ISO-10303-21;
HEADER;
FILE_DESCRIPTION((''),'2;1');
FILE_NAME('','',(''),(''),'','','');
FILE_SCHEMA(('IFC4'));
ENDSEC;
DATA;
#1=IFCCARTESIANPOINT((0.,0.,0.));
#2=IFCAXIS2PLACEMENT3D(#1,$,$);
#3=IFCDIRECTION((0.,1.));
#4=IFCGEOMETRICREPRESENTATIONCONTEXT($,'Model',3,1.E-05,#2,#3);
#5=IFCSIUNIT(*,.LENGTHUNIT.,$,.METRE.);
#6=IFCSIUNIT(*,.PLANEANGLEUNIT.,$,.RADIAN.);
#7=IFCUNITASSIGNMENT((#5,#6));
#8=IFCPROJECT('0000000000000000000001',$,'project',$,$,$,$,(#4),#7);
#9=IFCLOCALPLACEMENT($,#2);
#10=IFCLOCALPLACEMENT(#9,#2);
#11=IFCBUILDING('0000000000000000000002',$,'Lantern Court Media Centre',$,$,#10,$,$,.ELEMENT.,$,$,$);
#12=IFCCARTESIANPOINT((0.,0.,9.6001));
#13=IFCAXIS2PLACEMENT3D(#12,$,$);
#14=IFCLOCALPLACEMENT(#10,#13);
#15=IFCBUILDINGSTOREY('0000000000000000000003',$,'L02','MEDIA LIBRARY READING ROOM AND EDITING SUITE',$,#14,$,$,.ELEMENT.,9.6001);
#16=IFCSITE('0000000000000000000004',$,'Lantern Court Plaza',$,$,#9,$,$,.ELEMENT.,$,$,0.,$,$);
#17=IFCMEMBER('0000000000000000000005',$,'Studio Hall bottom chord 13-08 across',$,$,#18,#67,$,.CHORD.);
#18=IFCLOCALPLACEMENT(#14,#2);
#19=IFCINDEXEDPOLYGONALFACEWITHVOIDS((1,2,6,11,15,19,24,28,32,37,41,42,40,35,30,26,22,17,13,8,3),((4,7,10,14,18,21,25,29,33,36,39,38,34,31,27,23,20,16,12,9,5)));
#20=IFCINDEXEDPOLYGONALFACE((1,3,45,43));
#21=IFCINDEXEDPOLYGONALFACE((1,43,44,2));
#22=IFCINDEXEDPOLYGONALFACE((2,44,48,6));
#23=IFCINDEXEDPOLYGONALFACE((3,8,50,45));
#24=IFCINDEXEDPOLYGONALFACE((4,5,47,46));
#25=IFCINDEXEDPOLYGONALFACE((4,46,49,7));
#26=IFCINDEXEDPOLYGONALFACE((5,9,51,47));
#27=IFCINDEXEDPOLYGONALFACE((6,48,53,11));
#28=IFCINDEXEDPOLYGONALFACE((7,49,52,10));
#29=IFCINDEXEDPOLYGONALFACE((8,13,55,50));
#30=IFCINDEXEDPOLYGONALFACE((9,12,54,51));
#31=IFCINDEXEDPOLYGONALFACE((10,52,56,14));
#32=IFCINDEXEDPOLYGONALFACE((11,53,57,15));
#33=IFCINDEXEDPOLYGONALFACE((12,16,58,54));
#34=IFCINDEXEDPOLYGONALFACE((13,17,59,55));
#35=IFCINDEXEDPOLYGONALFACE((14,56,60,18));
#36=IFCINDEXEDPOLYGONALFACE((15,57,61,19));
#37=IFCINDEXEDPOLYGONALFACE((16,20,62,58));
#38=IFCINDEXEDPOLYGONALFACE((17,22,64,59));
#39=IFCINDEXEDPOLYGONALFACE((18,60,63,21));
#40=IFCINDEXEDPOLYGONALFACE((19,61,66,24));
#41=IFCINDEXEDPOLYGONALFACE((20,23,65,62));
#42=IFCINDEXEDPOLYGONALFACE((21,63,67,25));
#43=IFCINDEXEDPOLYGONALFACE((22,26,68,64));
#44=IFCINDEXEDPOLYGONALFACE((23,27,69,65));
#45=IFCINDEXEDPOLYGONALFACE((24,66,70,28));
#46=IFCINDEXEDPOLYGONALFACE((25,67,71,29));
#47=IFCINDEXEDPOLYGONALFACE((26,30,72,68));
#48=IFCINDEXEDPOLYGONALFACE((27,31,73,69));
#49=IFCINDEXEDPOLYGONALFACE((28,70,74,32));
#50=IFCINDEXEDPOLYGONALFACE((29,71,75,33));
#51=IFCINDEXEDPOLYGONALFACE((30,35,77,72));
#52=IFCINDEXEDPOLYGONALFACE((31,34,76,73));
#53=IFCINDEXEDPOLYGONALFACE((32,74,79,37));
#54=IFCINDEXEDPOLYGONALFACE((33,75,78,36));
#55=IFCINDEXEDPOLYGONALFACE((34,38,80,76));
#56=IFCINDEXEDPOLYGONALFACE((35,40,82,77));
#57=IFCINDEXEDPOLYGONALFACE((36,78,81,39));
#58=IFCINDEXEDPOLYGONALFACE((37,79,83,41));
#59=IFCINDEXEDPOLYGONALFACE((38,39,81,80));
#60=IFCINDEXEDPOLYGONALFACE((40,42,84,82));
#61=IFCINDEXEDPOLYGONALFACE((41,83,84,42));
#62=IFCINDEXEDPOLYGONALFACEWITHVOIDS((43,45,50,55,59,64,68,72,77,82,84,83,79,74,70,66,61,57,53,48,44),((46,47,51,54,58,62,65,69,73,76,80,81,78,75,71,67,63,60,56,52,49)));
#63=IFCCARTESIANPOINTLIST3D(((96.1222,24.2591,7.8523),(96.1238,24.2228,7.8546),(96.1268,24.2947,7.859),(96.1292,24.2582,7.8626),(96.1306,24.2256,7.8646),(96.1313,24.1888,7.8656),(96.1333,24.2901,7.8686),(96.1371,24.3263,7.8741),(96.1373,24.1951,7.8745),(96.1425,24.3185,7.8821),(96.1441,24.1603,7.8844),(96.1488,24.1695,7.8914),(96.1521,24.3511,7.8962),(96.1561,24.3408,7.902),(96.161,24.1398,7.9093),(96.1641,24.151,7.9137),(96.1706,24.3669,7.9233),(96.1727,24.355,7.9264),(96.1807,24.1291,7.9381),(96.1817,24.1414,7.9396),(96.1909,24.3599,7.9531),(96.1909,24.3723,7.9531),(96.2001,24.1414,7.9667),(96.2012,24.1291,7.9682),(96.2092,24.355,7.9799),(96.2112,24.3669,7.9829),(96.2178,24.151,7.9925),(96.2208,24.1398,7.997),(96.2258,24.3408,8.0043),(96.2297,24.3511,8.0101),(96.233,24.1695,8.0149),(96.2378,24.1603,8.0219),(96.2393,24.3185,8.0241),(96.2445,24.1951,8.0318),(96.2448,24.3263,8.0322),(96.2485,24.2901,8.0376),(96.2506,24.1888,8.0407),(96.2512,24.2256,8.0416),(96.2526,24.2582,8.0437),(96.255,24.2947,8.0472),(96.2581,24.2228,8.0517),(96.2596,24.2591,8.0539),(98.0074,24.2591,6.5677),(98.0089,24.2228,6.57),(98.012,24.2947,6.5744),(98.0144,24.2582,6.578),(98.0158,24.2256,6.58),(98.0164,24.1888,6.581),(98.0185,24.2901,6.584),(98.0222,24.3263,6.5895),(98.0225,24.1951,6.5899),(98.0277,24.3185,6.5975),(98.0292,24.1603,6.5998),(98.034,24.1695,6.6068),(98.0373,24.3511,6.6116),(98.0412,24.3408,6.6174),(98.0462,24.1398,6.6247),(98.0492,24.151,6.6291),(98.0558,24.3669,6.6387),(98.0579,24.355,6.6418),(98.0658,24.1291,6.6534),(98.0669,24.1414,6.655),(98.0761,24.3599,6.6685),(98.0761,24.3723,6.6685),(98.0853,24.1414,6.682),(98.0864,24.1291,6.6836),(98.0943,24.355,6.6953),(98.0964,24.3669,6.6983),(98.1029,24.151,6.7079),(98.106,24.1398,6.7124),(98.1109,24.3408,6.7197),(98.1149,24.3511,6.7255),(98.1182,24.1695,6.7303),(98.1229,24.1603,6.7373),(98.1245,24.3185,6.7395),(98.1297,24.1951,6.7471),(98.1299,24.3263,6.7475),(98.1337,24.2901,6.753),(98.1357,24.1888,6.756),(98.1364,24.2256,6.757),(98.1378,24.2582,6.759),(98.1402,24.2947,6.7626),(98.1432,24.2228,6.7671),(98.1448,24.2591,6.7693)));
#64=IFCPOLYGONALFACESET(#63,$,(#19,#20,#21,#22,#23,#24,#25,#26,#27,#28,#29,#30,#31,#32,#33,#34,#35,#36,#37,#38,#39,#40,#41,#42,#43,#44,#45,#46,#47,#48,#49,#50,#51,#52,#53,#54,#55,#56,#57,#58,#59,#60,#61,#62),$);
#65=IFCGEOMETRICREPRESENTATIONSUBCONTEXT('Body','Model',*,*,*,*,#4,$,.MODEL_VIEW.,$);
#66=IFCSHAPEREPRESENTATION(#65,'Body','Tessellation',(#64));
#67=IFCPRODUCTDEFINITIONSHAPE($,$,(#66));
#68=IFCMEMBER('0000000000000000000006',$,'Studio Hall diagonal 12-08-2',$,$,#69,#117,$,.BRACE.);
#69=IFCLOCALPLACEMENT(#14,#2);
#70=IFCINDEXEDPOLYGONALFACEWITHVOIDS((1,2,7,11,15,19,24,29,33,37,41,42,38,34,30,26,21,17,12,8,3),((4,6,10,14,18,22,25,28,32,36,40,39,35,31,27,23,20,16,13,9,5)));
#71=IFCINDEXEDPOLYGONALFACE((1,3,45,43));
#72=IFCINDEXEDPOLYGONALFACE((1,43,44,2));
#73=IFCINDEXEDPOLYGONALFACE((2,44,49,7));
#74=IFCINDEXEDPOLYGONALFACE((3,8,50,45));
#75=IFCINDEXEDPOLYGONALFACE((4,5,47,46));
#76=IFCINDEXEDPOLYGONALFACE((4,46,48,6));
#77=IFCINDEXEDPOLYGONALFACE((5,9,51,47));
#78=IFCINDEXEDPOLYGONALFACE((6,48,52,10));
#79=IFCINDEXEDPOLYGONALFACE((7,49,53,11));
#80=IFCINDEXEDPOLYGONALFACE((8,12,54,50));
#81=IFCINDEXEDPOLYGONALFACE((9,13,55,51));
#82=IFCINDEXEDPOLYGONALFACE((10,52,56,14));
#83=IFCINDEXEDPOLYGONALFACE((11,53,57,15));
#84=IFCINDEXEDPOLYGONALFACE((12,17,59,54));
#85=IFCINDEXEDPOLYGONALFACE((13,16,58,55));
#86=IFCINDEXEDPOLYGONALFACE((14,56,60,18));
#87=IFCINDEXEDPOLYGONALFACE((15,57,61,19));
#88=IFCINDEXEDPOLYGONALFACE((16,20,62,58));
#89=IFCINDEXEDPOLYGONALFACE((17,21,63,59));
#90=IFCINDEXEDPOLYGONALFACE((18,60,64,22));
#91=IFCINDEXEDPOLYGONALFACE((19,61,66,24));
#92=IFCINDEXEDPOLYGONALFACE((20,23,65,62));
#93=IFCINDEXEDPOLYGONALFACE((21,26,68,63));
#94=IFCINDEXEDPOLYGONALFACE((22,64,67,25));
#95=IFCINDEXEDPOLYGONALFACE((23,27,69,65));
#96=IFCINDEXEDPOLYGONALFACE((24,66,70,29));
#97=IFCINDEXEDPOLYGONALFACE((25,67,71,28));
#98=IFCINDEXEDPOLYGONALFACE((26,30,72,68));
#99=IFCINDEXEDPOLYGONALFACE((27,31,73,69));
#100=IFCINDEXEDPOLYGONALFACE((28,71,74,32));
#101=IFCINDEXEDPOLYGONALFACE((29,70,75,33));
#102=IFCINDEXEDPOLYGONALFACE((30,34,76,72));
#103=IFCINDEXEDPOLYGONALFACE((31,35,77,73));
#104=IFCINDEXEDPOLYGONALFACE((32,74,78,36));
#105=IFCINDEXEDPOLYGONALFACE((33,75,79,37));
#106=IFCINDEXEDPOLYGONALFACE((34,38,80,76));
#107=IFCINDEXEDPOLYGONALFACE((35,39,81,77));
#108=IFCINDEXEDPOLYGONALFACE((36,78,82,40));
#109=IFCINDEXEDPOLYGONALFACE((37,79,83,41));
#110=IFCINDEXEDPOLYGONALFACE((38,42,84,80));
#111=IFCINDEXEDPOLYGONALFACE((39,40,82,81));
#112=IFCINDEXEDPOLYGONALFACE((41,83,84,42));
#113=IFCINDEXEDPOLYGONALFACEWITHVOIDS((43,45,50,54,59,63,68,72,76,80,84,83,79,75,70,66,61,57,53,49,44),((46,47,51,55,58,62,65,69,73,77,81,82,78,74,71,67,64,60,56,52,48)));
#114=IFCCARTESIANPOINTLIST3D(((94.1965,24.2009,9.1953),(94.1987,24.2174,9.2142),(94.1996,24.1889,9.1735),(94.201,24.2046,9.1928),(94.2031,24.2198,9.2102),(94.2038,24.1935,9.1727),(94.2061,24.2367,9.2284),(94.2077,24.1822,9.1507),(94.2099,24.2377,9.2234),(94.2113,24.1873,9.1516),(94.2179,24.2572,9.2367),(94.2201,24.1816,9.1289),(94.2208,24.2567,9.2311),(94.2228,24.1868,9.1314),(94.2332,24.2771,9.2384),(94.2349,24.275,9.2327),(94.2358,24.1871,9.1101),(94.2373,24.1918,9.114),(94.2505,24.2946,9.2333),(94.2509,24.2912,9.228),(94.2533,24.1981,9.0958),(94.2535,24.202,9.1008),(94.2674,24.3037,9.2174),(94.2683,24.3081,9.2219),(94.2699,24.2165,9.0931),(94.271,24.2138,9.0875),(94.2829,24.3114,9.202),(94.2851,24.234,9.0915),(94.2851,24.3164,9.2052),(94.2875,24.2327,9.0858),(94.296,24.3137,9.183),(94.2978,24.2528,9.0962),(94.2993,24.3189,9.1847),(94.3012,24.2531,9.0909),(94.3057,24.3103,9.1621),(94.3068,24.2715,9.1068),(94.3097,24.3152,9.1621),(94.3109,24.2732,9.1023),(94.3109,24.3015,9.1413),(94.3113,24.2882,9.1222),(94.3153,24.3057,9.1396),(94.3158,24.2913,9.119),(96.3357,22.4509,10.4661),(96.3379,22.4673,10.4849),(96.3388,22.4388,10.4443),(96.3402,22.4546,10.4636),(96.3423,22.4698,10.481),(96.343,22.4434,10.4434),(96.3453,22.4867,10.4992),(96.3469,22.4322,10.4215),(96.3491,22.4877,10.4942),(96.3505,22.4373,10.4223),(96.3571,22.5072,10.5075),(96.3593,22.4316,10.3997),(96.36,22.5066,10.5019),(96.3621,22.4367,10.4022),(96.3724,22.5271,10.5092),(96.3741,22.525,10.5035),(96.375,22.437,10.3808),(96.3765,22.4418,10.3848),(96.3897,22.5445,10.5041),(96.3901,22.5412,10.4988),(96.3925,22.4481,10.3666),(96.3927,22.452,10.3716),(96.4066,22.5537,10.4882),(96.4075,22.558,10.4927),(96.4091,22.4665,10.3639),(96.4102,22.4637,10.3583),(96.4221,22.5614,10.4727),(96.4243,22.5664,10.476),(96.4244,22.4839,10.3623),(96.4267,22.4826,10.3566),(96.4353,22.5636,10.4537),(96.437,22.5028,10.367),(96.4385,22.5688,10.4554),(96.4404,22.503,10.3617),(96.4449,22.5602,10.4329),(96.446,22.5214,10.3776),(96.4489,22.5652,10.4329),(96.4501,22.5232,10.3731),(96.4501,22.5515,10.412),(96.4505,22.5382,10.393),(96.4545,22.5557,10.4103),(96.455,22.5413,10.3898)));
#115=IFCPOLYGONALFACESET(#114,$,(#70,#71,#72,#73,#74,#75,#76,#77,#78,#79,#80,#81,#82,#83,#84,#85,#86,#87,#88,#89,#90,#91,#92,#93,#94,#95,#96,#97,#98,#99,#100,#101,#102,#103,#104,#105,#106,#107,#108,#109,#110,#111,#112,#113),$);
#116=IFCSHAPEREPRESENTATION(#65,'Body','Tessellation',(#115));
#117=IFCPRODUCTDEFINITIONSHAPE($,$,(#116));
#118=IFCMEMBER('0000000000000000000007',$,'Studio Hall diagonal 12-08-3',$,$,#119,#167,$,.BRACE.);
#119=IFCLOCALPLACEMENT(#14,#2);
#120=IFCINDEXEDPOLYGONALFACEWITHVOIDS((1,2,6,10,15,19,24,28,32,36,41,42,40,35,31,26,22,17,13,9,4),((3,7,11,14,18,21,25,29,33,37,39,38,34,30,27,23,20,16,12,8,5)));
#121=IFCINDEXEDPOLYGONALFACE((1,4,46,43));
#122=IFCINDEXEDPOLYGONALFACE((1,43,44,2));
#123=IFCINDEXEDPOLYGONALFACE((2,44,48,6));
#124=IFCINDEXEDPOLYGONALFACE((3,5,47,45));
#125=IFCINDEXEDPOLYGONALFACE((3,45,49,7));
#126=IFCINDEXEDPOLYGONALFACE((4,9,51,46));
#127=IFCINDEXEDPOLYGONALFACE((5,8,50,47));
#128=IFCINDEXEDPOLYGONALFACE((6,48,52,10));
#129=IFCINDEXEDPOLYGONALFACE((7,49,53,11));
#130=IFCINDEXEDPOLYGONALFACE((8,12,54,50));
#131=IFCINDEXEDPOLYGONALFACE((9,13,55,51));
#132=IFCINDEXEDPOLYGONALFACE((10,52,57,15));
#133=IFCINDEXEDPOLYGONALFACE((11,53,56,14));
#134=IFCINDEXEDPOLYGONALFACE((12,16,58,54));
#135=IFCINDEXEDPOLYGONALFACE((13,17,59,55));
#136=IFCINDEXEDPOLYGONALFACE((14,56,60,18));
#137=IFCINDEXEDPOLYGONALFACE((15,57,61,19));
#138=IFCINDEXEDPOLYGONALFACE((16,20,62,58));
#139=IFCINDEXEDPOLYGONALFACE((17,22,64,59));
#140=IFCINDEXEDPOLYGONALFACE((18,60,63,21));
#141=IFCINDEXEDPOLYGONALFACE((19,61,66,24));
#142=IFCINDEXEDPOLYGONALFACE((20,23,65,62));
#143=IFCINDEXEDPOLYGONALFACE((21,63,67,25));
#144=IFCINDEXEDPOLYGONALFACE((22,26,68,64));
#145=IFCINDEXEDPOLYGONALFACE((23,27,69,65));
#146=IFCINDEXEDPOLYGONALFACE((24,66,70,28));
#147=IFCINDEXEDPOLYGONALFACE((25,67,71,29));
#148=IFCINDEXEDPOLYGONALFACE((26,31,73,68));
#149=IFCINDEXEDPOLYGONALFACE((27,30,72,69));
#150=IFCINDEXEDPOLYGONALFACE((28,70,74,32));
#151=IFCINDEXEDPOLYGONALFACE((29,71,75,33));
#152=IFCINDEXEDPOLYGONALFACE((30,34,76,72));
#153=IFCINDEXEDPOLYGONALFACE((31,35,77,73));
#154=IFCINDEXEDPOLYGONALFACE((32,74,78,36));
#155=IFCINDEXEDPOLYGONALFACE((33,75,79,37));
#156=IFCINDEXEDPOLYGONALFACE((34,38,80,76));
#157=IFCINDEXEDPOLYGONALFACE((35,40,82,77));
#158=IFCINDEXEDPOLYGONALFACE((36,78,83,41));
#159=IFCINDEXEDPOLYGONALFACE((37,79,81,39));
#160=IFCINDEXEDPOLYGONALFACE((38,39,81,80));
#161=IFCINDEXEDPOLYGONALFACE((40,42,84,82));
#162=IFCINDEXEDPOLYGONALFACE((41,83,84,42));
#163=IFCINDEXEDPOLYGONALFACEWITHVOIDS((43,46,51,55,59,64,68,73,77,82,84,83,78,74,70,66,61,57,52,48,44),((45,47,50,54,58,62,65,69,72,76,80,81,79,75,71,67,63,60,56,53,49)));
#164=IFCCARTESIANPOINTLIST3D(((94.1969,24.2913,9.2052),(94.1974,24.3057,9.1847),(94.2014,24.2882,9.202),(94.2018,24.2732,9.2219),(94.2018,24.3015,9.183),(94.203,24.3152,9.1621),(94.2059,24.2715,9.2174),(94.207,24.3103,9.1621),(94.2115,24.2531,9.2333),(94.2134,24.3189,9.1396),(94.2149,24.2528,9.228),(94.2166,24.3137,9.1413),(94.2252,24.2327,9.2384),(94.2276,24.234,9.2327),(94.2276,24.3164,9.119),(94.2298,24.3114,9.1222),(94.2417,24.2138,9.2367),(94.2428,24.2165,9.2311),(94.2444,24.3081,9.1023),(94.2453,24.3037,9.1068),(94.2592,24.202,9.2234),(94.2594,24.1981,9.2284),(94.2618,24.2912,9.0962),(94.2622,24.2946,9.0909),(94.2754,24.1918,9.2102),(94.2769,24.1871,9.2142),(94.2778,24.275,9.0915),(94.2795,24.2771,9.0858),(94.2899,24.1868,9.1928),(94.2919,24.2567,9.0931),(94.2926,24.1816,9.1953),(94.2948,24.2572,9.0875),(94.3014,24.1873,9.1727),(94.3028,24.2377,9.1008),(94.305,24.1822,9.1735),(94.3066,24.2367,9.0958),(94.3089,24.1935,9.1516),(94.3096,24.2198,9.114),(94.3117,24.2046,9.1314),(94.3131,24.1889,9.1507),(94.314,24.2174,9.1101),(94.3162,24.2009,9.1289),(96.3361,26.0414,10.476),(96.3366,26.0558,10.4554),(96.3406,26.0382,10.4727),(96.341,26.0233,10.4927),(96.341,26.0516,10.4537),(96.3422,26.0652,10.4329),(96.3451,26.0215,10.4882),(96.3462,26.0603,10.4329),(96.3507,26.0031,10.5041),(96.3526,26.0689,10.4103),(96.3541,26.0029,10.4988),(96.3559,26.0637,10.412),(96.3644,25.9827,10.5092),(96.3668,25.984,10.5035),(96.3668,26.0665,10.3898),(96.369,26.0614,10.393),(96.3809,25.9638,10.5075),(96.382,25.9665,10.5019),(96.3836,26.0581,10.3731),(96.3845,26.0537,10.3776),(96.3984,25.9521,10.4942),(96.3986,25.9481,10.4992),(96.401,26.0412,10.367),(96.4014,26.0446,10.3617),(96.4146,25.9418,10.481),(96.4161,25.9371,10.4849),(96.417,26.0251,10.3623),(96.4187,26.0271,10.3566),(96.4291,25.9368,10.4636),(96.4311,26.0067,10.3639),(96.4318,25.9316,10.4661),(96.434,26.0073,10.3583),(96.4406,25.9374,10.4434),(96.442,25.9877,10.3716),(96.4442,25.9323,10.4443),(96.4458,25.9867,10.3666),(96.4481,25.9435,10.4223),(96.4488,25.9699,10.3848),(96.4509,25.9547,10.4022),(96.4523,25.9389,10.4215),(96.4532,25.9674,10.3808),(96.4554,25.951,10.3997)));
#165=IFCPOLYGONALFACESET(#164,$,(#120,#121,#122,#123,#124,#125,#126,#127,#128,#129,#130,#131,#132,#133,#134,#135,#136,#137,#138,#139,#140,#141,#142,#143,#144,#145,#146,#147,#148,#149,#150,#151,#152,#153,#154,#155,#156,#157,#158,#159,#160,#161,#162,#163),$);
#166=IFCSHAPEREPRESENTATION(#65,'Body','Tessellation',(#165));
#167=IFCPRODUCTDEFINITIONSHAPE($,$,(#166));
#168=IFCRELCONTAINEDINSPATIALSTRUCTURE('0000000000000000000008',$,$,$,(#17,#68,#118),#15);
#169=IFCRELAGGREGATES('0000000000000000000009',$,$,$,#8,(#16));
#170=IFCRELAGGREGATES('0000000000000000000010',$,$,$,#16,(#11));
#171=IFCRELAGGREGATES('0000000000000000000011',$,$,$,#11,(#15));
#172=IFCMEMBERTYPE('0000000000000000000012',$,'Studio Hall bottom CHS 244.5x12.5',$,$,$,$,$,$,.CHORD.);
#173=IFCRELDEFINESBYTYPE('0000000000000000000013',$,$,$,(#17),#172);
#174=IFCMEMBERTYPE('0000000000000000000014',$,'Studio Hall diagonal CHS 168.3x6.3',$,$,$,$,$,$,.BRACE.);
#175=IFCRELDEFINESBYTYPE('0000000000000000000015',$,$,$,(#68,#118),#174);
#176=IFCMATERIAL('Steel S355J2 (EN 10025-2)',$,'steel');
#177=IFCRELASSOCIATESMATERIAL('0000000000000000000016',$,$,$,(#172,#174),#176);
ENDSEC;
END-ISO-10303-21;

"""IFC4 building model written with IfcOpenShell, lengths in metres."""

from ifc_helpers import new_model, si_unit, direction, frame, origin, origin_2d, place, context, subcontext, project, spatial, hollow_circle, extrude, material, material_profile, profile_set, type_object, element, save


model = new_model("IFC4")

# Units and contexts
model_context = context("Model", 3, precision=1e-05, world=origin(), true_north=direction((0.0, 1.0)))
body_context = subcontext(model_context, "Body", "Model", "MODEL_VIEW")
ifc_project = project(units=[si_unit("LENGTHUNIT", "METRE"), si_unit("PLANEANGLEUNIT", "RADIAN")], contexts=[model_context])

# Site, building, storey
site_placement = place(None, origin())
site = spatial("IfcSite", under=ifc_project, at=site_placement, Name="Lantern Court Plaza", CompositionType="ELEMENT", RefElevation=0.0)
building_placement = place(site_placement, origin())
building = spatial("IfcBuilding", under=site, at=building_placement, Name="Lantern Court Media Centre", CompositionType="ELEMENT")
storey_placement = place(building_placement, frame((0.0, 0.0, 9.6001)))
storey = spatial("IfcBuildingStorey", under=building, at=storey_placement, Name="L02", Description="MEDIA LIBRARY READING ROOM AND EDITING SUITE", CompositionType="ELEMENT", Elevation=9.6001)

# Members
ifc_material = material(Name="Steel S355J2 (EN 10025-2)", Category="steel")
ifc_material_profile_1 = material_profile(ifc_material, hollow_circle(Radius=0.1223, WallThickness=0.0125, at=origin_2d()), Name="Studio Hall bottom CHS 244.5x12.5")
ifc_profile_set_1 = profile_set([ifc_material_profile_1], Name="Steel S355J2 (EN 10025-2)")
member_type_1 = type_object("IfcMemberType", Name="Studio Hall bottom CHS 244.5x12.5", PredefinedType="CHORD", material=ifc_profile_set_1)
for number, where, z_axis, x_axis, name in (
    (1, (96.1909, 24.25, 7.9531), (0.826377, 0.0, -0.563118), (0.0, 1.0, 0.0), "Studio Hall bottom chord 13-08 across"),
):
    element("IfcMember", number, at=place(storey_placement, frame(where, z_axis=z_axis, x_axis=x_axis)), inside=storey, type_object=member_type_1, Name=name, PredefinedType="CHORD", context=body_context, shape_type="SweptSolid", body=[
        extrude(hollow_circle(Radius=0.1223, WallThickness=0.0125, at=origin_2d()), origin(), (0.0, 0.0, 1.0), 2.2812),
    ])
ifc_material_profile_2 = material_profile(ifc_material, hollow_circle(Radius=0.0842, WallThickness=0.0063, at=origin_2d()), Name="Studio Hall diagonal CHS 168.3x6.3")
ifc_profile_set_2 = profile_set([ifc_material_profile_2], Name="Steel S355J2 (EN 10025-2)")
member_type_2 = type_object("IfcMemberType", Name="Studio Hall diagonal CHS 168.3x6.3", PredefinedType="BRACE", material=ifc_profile_set_2)
for number, where, z_axis, x_axis, name in (
    (2, (94.2563, 24.25, 9.1621), (0.703225, -0.575293, 0.417746), (0.63319, 0.773997, 0.0), "Studio Hall diagonal 12-08-2"),
    (3, (94.2563, 24.25, 9.1621), (0.703225, 0.575293, 0.417746), (-0.63319, 0.773997, 0.0), "Studio Hall diagonal 12-08-3"),
):
    element("IfcMember", number, at=place(storey_placement, frame(where, z_axis=z_axis, x_axis=x_axis)), inside=storey, type_object=member_type_2, Name=name, PredefinedType="BRACE", context=body_context, shape_type="SweptSolid", body=[
        extrude(hollow_circle(Radius=0.0842, WallThickness=0.0063, at=origin_2d()), origin(), (0.0, 0.0, 1.0), 3.042),
    ])

save(model, "model.ifc")
